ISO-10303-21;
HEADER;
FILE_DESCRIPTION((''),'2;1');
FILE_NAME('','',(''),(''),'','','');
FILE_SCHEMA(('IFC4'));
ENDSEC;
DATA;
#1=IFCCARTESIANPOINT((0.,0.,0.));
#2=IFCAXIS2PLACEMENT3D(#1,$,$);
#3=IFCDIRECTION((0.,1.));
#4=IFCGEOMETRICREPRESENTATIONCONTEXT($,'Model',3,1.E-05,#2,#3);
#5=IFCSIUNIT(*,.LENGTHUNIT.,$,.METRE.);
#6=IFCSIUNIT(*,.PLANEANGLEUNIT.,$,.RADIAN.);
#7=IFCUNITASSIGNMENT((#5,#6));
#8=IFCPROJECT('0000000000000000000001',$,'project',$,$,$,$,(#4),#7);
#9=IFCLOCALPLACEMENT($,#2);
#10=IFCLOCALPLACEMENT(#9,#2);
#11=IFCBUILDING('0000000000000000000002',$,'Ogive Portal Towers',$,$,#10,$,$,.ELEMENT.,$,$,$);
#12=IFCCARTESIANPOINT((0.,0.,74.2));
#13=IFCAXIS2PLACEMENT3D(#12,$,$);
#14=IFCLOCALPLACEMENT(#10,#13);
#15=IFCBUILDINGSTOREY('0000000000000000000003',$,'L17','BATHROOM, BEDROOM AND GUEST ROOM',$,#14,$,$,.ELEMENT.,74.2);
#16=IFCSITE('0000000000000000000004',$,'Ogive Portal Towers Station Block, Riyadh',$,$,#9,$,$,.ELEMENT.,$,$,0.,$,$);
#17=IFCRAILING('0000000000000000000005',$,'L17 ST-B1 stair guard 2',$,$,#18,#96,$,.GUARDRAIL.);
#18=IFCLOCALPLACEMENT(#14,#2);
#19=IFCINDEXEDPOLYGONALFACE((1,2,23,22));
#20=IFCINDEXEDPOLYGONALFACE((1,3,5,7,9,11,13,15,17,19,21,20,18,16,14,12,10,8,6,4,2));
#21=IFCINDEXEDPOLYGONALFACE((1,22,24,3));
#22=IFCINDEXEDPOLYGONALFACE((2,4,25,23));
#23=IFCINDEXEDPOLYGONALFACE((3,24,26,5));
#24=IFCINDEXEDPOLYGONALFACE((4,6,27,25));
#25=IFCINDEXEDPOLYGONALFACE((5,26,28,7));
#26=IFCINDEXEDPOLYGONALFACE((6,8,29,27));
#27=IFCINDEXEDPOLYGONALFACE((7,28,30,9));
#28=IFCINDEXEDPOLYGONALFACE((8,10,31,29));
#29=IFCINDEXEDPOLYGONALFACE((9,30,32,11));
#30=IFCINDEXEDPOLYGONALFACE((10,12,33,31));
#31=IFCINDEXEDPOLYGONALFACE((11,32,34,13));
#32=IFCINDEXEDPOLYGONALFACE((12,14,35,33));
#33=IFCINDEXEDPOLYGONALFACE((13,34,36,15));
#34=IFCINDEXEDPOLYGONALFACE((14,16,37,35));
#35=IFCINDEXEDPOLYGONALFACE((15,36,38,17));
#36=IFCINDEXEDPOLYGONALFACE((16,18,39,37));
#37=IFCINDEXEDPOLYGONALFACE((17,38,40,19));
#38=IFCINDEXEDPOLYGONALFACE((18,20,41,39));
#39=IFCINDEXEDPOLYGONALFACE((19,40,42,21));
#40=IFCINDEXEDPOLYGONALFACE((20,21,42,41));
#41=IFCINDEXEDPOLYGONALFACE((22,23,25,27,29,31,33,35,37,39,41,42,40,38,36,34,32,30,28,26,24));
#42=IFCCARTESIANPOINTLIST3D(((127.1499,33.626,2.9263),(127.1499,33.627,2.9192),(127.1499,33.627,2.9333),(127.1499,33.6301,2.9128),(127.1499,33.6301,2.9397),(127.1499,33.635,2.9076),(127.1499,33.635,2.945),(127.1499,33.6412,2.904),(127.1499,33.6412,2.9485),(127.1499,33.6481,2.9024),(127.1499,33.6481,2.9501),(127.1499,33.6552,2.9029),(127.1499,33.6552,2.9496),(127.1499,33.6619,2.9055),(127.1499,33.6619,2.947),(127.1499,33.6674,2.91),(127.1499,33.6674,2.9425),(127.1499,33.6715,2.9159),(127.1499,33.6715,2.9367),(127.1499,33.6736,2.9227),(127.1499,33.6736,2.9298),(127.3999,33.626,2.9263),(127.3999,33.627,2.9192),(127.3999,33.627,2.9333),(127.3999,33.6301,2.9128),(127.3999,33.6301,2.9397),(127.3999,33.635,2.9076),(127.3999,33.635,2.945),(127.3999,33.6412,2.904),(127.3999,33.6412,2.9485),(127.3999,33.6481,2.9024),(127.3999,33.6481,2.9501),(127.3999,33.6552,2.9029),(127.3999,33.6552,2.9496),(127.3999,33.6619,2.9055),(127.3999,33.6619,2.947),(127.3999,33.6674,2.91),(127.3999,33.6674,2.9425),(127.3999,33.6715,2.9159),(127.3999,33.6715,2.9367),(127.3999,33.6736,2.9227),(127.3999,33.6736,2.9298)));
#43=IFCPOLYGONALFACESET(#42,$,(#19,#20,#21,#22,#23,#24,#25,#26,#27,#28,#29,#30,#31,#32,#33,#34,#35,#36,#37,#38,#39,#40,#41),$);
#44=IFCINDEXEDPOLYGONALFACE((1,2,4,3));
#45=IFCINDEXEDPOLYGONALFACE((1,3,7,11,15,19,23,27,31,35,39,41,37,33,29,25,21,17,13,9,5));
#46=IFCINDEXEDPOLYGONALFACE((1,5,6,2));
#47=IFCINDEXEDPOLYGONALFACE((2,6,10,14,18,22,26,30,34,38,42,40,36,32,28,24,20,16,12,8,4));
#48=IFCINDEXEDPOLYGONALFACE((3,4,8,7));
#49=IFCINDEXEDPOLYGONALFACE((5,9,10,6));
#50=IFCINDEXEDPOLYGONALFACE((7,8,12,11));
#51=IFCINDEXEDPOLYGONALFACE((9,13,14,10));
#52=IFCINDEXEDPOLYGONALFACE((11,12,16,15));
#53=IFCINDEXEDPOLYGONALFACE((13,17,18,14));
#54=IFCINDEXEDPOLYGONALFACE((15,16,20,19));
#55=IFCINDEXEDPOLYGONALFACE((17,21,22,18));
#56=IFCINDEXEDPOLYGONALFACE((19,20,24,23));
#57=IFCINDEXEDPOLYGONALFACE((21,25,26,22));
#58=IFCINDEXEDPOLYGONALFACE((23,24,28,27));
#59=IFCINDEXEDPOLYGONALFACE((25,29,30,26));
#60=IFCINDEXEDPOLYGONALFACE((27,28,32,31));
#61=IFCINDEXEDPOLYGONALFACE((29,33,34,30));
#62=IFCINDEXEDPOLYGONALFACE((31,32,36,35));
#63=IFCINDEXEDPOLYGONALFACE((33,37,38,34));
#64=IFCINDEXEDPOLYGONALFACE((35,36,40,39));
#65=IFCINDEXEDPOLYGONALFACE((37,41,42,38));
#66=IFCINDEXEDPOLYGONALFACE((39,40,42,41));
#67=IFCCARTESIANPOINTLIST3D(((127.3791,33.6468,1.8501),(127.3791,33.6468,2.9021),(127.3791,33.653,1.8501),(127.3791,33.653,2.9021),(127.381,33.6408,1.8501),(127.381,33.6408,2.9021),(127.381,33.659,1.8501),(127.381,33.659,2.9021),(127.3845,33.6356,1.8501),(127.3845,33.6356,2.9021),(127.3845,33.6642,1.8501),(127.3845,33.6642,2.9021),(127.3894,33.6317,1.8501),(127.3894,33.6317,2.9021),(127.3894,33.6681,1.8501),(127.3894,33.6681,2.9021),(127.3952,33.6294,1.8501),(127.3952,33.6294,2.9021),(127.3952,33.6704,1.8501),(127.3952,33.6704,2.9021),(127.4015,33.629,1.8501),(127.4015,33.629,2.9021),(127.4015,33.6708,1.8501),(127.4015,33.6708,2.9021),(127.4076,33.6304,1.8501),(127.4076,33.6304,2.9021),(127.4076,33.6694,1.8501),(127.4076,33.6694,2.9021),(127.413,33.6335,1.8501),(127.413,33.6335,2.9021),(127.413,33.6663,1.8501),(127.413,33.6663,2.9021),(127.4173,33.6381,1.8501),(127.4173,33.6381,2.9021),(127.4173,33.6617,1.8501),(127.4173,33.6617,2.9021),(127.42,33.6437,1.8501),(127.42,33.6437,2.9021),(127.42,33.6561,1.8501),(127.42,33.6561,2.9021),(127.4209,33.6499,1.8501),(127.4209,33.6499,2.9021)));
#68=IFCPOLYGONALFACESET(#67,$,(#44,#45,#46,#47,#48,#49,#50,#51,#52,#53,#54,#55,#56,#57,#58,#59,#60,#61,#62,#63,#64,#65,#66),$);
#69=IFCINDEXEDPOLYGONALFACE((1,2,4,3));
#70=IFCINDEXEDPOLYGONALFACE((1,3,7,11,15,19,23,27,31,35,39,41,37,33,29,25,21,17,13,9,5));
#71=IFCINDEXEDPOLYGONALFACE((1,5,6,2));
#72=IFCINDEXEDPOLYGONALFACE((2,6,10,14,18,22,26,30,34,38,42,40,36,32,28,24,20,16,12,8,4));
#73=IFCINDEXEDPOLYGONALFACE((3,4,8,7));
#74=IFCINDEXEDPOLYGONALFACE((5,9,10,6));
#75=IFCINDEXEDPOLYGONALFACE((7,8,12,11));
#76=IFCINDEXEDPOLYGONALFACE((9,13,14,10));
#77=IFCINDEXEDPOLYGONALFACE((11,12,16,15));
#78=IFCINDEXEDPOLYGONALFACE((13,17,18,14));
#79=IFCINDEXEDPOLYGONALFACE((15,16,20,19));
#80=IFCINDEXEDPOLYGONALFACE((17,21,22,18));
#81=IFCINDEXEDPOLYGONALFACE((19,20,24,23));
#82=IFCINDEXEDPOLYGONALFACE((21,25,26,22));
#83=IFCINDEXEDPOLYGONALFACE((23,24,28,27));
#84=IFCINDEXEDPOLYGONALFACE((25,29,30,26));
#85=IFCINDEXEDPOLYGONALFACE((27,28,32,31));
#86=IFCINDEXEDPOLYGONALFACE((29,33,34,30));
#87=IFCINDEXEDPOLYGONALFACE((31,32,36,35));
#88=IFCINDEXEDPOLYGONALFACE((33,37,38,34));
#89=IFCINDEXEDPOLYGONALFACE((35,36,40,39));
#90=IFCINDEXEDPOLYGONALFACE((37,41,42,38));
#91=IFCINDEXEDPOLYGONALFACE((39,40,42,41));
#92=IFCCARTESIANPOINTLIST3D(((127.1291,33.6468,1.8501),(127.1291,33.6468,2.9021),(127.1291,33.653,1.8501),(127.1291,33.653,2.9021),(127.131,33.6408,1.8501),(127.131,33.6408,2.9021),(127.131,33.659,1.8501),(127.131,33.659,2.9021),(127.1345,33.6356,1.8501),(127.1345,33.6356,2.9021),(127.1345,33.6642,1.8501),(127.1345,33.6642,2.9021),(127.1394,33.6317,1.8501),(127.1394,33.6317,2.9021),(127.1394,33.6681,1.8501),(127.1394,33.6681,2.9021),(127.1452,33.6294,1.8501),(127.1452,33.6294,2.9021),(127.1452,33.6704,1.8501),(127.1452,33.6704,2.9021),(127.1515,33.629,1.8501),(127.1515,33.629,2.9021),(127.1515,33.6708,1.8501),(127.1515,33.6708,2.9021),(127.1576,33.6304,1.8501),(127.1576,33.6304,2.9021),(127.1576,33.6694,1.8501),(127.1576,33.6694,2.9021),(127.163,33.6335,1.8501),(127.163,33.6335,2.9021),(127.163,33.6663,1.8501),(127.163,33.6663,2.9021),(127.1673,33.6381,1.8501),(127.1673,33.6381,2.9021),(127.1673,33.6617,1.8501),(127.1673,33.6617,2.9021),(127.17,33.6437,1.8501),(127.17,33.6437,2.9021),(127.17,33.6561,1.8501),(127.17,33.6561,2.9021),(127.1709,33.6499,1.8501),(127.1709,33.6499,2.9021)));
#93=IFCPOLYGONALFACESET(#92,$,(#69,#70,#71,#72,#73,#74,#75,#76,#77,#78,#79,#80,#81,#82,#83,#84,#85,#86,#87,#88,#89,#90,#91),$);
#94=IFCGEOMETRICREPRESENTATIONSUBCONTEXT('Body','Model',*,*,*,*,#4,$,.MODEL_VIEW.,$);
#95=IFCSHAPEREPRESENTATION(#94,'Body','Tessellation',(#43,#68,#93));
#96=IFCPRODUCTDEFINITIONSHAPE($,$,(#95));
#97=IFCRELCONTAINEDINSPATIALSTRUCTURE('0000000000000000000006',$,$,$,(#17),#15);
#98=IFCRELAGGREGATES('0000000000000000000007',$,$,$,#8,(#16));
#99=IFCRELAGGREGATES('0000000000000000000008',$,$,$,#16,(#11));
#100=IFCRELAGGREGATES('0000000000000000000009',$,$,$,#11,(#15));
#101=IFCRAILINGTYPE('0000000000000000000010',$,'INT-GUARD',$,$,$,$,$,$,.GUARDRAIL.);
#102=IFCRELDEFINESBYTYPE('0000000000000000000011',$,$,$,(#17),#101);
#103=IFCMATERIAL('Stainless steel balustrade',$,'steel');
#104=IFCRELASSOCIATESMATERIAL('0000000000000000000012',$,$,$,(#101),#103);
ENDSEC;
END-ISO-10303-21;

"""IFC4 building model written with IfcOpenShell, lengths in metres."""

from ifc_helpers import new_model, si_unit, direction, frame, origin, origin_2d, place, context, subcontext, project, spatial, circle, extrude, material, type_object, element, save


model = new_model("IFC4")

# Units and contexts
model_context = context("Model", 3, precision=1e-05, world=origin(), true_north=direction((0.0, 1.0)))
body_context = subcontext(model_context, "Body", "Model", "MODEL_VIEW")
ifc_project = project(units=[si_unit("LENGTHUNIT", "METRE"), si_unit("PLANEANGLEUNIT", "RADIAN")], contexts=[model_context])

# Site, building, storey
site_placement = place(None, origin())
site = spatial("IfcSite", under=ifc_project, at=site_placement, Name="Ogive Portal Towers Station Block, Riyadh", CompositionType="ELEMENT", RefElevation=0.0)
building_placement = place(site_placement, origin())
building = spatial("IfcBuilding", under=site, at=building_placement, Name="Ogive Portal Towers", CompositionType="ELEMENT")
storey_placement = place(building_placement, frame((0.0, 0.0, 74.2)))
storey = spatial("IfcBuildingStorey", under=building, at=storey_placement, Name="L17", Description="BATHROOM, BEDROOM AND GUEST ROOM", CompositionType="ELEMENT", Elevation=74.2)

# Railing
ifc_material_1 = material(Name="Stainless steel balustrade", Category="steel")
railing_type_1 = type_object("IfcRailingType", Name="INT-GUARD", PredefinedType="GUARDRAIL", material=ifc_material_1)
railing_1_placement = place(storey_placement, frame((127.3999, 33.6499, 1.8501)))
element("IfcRailing", 1, at=railing_1_placement, inside=storey, type_object=railing_type_1, Name="L17 ST-B1 stair guard 2", PredefinedType="GUARDRAIL", context=body_context, shape_type="SweptSolid", body=[
    extrude(circle(Radius=0.0239, at=origin_2d()), frame((0.0, 0.0, 1.0762), z_axis=(-1.0, 0.0, 0.0), x_axis=(0.0, -1.0, 0.0)), (0.0, 0.0, 1.0), 0.25),
    extrude(circle(Radius=0.021, at=origin_2d()), origin(), (0.0, 0.0, 1.0), 1.052),
    extrude(circle(Radius=0.021, at=origin_2d()), frame((-0.25, 0.0, 0.0)), (0.0, 0.0, 1.0), 1.052),
])

save(model, "model.ifc")
